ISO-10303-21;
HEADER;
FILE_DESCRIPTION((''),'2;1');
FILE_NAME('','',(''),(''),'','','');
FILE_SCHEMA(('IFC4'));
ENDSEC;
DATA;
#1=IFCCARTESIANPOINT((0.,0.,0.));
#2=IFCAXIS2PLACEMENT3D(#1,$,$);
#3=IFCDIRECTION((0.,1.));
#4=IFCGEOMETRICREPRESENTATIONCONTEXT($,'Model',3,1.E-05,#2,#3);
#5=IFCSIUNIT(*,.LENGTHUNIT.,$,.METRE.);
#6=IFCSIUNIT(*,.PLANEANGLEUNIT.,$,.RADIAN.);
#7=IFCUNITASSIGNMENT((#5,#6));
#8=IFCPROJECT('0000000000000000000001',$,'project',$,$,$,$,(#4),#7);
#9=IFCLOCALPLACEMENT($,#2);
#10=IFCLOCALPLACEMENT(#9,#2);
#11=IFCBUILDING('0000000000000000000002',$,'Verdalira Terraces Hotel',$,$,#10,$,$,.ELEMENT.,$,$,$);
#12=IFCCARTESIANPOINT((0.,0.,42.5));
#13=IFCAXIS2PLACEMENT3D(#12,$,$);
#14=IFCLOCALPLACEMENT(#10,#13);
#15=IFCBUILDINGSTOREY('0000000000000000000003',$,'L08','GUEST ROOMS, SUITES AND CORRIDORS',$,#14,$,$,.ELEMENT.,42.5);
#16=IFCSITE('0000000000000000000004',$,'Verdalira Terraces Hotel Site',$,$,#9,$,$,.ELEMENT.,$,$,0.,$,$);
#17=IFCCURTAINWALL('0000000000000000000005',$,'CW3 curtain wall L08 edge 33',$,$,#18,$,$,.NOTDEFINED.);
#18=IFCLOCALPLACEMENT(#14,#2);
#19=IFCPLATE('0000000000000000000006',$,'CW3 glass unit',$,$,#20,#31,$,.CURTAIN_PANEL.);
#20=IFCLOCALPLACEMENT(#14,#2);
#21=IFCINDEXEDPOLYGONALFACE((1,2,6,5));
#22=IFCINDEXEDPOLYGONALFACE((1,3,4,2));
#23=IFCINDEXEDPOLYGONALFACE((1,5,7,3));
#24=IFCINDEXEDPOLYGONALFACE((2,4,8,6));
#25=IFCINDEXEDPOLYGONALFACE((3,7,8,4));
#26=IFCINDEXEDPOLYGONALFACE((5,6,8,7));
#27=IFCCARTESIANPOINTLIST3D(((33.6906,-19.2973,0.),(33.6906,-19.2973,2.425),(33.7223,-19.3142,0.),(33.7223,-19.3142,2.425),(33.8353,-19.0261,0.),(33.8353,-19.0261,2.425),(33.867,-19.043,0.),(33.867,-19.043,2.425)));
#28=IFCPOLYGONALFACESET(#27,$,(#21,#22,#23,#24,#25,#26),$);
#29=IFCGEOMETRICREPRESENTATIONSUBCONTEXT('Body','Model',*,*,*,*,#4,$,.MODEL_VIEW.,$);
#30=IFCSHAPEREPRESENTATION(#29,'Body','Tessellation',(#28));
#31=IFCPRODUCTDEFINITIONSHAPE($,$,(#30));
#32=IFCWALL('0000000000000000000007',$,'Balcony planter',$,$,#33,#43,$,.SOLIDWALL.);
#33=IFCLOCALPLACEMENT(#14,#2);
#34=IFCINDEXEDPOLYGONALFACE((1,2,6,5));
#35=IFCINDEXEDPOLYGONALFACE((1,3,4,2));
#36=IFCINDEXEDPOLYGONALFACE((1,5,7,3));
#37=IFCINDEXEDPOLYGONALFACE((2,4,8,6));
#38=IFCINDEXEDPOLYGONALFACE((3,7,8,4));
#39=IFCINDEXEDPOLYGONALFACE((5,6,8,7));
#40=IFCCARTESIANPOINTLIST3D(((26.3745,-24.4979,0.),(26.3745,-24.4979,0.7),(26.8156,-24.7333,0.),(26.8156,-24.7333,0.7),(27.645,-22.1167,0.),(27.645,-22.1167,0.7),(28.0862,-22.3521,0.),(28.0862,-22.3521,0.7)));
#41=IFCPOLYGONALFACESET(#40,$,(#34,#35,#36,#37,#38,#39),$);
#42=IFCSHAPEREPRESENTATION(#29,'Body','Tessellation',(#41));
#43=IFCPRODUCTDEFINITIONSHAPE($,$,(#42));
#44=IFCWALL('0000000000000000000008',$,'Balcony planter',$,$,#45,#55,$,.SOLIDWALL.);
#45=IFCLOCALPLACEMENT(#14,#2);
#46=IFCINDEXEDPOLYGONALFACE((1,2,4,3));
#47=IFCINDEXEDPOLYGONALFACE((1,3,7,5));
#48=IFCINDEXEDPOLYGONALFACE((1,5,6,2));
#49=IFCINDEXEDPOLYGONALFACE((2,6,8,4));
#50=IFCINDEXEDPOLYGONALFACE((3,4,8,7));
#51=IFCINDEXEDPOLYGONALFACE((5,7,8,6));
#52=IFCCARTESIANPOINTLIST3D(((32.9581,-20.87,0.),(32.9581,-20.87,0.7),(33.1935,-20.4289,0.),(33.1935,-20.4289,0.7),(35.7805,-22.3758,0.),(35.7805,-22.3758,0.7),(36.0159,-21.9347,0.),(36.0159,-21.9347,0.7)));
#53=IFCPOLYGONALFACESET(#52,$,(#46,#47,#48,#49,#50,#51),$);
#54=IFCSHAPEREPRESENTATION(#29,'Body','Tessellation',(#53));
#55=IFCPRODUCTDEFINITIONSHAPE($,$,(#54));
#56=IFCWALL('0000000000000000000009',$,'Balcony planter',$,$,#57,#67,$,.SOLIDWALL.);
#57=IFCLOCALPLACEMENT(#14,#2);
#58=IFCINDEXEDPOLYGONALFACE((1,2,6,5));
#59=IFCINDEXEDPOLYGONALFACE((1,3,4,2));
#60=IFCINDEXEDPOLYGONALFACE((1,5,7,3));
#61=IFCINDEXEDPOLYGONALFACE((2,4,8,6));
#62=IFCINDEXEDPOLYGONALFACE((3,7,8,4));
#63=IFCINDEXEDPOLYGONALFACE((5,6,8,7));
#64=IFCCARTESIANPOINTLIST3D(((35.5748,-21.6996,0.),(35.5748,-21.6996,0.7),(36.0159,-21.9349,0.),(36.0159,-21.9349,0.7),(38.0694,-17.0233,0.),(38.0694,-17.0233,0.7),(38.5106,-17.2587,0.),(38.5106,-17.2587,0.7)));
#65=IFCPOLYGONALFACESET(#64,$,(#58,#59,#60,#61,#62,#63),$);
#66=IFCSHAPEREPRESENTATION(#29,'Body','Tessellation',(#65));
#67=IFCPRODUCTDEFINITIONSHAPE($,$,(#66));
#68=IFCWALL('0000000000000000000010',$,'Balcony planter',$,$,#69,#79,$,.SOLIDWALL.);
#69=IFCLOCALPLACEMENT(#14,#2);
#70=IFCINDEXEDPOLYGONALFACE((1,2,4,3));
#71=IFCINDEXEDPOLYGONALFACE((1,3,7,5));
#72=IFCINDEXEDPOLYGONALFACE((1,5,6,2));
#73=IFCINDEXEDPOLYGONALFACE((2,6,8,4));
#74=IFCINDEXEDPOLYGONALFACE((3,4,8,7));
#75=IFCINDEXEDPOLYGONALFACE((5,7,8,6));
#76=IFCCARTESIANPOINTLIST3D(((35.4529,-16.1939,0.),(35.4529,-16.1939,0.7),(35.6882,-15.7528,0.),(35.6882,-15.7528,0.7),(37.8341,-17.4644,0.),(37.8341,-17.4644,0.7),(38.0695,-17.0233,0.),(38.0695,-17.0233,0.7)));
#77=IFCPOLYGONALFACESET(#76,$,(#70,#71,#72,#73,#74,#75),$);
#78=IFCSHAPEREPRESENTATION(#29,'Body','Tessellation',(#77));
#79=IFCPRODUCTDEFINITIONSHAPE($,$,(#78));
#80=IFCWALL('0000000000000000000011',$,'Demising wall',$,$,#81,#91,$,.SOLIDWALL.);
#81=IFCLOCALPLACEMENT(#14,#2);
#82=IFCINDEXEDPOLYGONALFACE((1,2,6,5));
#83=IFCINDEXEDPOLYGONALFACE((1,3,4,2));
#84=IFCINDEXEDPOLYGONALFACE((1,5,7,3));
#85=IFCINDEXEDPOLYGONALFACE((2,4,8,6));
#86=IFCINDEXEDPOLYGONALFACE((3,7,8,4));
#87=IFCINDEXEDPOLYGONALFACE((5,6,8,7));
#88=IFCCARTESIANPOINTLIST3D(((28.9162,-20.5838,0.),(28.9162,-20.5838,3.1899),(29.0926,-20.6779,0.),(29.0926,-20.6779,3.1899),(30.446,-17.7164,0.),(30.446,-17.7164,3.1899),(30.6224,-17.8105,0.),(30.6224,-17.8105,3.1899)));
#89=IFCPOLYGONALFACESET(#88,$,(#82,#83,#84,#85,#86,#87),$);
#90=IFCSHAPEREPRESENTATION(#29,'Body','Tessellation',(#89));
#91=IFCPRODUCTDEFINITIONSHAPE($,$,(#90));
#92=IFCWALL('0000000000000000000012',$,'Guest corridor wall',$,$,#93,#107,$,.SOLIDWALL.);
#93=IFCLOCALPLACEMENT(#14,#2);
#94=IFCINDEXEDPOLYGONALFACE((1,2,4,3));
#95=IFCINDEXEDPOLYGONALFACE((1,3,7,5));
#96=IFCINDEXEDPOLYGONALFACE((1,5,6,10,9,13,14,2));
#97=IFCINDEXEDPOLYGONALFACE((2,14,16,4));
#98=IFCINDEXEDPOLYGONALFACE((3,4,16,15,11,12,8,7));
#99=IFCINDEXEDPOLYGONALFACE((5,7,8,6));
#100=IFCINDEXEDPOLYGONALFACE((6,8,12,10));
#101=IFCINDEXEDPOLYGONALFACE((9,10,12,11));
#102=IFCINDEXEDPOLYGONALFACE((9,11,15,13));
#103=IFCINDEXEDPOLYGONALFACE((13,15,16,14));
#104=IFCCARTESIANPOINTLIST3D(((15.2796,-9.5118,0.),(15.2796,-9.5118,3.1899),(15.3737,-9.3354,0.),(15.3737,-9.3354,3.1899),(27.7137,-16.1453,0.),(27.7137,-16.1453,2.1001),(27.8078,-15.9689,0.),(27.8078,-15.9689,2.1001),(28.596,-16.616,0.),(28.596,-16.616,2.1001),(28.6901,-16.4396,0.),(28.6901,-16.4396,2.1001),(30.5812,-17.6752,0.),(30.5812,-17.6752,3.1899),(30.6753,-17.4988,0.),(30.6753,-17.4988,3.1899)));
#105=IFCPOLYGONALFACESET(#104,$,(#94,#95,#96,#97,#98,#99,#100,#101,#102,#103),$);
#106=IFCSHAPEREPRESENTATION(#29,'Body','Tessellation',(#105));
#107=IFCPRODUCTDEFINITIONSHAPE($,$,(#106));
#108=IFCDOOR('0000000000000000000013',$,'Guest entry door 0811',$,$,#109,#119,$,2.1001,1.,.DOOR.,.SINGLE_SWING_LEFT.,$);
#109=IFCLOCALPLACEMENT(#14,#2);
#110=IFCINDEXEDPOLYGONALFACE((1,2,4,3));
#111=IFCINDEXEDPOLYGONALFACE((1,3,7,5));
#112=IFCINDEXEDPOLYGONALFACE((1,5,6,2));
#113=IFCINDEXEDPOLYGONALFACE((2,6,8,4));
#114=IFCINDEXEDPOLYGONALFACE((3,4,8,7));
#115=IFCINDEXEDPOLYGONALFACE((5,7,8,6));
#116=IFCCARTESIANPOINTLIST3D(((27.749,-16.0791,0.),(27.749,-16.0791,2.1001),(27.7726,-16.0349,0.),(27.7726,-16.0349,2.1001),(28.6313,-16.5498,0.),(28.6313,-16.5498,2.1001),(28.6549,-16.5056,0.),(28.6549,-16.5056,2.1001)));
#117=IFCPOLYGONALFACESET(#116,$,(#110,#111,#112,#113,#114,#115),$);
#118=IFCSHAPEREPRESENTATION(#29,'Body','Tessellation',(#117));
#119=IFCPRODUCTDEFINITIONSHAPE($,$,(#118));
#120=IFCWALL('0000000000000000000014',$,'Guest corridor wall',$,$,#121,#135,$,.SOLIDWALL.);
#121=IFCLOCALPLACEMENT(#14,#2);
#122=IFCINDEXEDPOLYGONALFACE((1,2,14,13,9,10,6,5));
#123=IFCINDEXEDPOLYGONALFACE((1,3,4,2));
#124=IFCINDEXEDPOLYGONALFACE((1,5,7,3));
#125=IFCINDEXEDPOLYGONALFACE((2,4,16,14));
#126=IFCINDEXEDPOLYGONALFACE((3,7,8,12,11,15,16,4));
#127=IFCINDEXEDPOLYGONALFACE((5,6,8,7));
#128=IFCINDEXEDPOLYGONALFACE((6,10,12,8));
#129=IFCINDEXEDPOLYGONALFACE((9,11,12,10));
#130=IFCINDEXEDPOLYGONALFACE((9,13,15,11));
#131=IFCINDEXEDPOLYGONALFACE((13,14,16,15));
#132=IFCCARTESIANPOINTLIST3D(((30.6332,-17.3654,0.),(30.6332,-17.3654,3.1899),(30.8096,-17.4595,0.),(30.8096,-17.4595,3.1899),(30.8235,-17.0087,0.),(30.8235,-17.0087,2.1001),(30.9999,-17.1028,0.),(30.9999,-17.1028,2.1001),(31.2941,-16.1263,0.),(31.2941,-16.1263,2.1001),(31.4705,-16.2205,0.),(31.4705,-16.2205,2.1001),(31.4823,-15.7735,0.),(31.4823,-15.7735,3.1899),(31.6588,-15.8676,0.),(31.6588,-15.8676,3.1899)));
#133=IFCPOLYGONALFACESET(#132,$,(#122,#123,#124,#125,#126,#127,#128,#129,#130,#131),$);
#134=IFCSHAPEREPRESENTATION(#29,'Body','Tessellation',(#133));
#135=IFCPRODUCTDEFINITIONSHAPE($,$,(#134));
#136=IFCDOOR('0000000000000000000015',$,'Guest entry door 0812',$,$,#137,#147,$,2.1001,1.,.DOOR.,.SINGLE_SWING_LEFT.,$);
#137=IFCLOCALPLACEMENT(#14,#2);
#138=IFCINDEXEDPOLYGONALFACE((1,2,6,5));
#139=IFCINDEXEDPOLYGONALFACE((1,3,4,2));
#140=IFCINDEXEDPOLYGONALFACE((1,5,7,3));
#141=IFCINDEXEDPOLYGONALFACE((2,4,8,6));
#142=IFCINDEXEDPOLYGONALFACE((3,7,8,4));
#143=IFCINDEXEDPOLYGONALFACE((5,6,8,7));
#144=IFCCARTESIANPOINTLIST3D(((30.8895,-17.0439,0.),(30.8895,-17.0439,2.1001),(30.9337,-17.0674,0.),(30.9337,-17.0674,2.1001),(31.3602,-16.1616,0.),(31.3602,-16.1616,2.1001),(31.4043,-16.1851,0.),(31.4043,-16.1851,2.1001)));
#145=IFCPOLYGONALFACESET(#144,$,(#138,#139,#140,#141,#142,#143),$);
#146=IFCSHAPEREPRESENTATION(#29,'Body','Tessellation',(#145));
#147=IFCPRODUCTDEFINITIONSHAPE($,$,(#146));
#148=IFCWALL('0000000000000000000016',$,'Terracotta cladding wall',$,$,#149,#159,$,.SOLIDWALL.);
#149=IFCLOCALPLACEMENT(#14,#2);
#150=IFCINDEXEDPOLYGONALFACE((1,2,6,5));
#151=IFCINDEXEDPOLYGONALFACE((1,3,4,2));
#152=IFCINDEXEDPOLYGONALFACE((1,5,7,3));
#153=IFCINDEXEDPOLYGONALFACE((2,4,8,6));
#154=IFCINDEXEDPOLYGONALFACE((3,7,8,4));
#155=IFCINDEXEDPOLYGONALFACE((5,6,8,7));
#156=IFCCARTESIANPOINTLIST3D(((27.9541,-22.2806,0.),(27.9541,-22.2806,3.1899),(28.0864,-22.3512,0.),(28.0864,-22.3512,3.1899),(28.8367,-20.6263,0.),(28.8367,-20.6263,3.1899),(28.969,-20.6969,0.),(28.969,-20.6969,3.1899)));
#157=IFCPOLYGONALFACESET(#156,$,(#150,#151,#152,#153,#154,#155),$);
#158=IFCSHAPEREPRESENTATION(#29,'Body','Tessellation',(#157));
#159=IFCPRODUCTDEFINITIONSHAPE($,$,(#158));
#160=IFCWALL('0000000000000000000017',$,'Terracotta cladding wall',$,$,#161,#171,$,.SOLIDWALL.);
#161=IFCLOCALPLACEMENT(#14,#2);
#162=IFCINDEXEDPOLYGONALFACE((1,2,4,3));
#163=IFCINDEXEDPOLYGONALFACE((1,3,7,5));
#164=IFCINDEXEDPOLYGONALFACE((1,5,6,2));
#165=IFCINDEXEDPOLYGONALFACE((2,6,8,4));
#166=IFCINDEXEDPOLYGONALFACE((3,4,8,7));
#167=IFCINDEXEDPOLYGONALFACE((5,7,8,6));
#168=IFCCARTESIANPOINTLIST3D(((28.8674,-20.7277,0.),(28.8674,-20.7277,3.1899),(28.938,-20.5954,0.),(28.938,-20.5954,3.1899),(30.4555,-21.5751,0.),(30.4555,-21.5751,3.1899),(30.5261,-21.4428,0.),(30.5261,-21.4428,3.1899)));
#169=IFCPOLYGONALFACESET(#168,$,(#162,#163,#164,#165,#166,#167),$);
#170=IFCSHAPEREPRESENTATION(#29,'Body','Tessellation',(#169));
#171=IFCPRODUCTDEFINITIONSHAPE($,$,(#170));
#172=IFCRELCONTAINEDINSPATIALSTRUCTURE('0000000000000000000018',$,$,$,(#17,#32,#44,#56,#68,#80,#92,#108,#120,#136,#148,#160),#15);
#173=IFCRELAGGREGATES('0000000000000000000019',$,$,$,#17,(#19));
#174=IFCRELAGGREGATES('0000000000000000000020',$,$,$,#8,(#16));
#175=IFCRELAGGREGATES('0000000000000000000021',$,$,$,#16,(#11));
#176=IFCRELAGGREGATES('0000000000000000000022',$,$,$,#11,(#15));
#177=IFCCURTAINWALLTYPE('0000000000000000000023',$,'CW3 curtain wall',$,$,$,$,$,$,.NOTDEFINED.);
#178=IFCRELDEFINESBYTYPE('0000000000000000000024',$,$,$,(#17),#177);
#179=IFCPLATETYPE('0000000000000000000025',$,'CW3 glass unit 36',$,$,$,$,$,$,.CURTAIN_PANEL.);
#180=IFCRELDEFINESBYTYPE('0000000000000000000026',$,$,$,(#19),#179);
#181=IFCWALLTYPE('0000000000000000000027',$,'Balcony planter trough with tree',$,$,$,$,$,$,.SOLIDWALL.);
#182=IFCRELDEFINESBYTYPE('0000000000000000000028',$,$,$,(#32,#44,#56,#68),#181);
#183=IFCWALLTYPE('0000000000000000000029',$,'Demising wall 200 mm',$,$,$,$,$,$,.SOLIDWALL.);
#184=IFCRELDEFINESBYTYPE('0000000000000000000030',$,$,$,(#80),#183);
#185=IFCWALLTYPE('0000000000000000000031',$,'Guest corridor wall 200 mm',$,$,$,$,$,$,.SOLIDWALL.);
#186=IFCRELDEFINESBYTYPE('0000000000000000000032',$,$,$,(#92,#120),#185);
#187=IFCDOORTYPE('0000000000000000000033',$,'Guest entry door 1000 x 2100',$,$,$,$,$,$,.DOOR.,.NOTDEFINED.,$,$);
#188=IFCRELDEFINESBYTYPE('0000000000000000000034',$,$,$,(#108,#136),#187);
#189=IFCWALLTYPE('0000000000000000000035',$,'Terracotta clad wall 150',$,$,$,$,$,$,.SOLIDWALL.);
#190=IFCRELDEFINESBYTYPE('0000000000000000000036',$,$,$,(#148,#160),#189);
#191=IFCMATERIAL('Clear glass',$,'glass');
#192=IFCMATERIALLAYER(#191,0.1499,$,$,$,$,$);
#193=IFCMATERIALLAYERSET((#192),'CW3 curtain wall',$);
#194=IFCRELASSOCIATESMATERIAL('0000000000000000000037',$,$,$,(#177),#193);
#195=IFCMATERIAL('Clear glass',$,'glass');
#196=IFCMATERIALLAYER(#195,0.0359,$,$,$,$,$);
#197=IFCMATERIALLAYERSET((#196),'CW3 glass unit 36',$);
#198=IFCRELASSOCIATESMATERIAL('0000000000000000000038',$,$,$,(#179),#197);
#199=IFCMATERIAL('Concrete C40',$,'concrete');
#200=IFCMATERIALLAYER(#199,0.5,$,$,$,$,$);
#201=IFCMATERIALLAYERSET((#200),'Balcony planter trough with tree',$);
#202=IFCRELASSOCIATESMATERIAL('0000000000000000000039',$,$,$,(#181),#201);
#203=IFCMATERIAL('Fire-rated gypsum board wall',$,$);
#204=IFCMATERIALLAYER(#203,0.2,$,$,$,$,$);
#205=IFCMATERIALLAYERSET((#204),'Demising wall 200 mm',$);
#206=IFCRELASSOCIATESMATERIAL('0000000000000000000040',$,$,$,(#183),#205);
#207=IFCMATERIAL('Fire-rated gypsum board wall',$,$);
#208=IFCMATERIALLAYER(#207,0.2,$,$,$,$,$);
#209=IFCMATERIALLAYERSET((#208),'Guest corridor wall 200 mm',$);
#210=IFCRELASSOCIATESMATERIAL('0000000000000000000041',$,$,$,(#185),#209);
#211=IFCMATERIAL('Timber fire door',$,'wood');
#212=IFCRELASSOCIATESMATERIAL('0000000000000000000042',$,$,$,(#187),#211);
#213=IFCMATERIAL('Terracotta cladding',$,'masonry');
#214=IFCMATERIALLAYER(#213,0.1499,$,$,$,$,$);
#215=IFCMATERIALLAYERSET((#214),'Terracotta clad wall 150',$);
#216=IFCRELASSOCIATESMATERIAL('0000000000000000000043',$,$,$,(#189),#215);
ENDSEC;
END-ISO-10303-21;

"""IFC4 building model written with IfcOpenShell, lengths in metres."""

from ifc_helpers import new_model, si_unit, direction, frame, frame_2d, origin, origin_2d, place, context, subcontext, project, spatial, rectangle, extrude, material, layer, layer_set, type_object, element, fill, aggregate, save


model = new_model("IFC4")

# Units and contexts
model_context = context("Model", 3, precision=1e-05, world=origin(), true_north=direction((0.0, 1.0)))
body_context = subcontext(model_context, "Body", "Model", "MODEL_VIEW")
ifc_project = project(units=[si_unit("LENGTHUNIT", "METRE"), si_unit("PLANEANGLEUNIT", "RADIAN")], contexts=[model_context])

# Site, building, storey
site_placement = place(None, origin())
site = spatial("IfcSite", under=ifc_project, at=site_placement, Name="Verdalira Terraces Hotel Site", CompositionType="ELEMENT", RefElevation=0.0)
building_placement = place(site_placement, origin())
building = spatial("IfcBuilding", under=site, at=building_placement, Name="Verdalira Terraces Hotel", CompositionType="ELEMENT")
storey_placement = place(building_placement, frame((0.0, 0.0, 42.5)))
storey = spatial("IfcBuildingStorey", under=building, at=storey_placement, Name="L08", Description="GUEST ROOMS, SUITES AND CORRIDORS", CompositionType="ELEMENT", Elevation=42.5)

# Curtain wall
ifc_material_1 = material(Name="Clear glass", Category="glass")
ifc_layer_1 = layer(ifc_material_1, 0.1499)
ifc_layer_set_1 = layer_set([ifc_layer_1], Name="CW3 curtain wall")
curtain_wall_type_1 = type_object("IfcCurtainWallType", Name="CW3 curtain wall", PredefinedType="NOTDEFINED", material=ifc_layer_set_1)
curtain_wall_1_placement = place(storey_placement, origin())
curtain_wall_1 = element("IfcCurtainWall", 1, at=curtain_wall_1_placement, inside=storey, type_object=curtain_wall_type_1, Name="CW3 curtain wall L08 edge 33", PredefinedType="NOTDEFINED")

# Plate
ifc_material_2 = material(Name="Clear glass", Category="glass")
ifc_layer_2 = layer(ifc_material_2, 0.0359)
ifc_layer_set_2 = layer_set([ifc_layer_2], Name="CW3 glass unit 36")
plate_type = type_object("IfcPlateType", Name="CW3 glass unit 36", PredefinedType="CURTAIN_PANEL", material=ifc_layer_set_2)
plate_placement = place(storey_placement, frame((33.7788, -19.1702, 0.0), z_axis=(0.0, 0.0, 1.0), x_axis=(0.470704, 0.882291, 0.0)))
plate = element("IfcPlate", 2, at=plate_placement, type_object=plate_type, Name="CW3 glass unit", PredefinedType="CURTAIN_PANEL", context=body_context, shape_type="SweptSolid", body=[
    extrude(rectangle(XDim=0.3074, YDim=0.0359, at=origin_2d()), origin(), (0.0, 0.0, 1.0), 2.425),
])
aggregate(curtain_wall_1, [plate])

# Walls
ifc_material_3 = material(Name="Concrete C40", Category="concrete")
ifc_layer_3 = layer(ifc_material_3, 0.5)
ifc_layer_set_3 = layer_set([ifc_layer_3], Name="Balcony planter trough with tree")
wall_type_1 = type_object("IfcWallType", Name="Balcony planter trough with tree", PredefinedType="SOLIDWALL", material=ifc_layer_set_3)
wall_1_placement = place(storey_placement, frame((26.595, -24.6157, 0.0), z_axis=(0.0, 0.0, 1.0), x_axis=(0.470757, 0.882263, 0.0)))
element("IfcWall", 3, at=wall_1_placement, inside=storey, type_object=wall_type_1, Name="Balcony planter", PredefinedType="SOLIDWALL", context=body_context, shape_type="SweptSolid", body=[
    extrude(rectangle(XDim=2.699, YDim=0.5, at=frame_2d((1.3496, 0.0))), origin(), (0.0, 0.0, 1.0), 0.7),
])
wall_2_placement = place(storey_placement, frame((33.0757, -20.6494, 0.0), z_axis=(0.0, 0.0, 1.0), x_axis=(0.882285, -0.470715, 0.0)))
element("IfcWall", 4, at=wall_2_placement, inside=storey, type_object=wall_type_1, Name="Balcony planter", PredefinedType="SOLIDWALL", context=body_context, shape_type="SweptSolid", body=[
    extrude(rectangle(XDim=3.199, YDim=0.5, at=frame_2d((1.5996, 0.0))), origin(), (0.0, 0.0, 1.0), 0.7),
])
wall_3_placement = place(storey_placement, frame((35.7954, -21.8171, 0.0), z_axis=(0.0, 0.0, 1.0), x_axis=(0.470679, 0.882304, 0.0)))
element("IfcWall", 5, at=wall_3_placement, inside=storey, type_object=wall_type_1, Name="Balcony planter", PredefinedType="SOLIDWALL", context=body_context, shape_type="SweptSolid", body=[
    extrude(rectangle(XDim=5.3, YDim=0.5, at=frame_2d((2.6499, 0.0))), origin(), (0.0, 0.0, 1.0), 0.7),
])
wall_4_placement = place(storey_placement, frame((37.9519, -17.2439, 0.0), z_axis=(0.0, 0.0, 1.0), x_axis=(-0.882283, 0.47072, 0.0)))
element("IfcWall", 6, at=wall_4_placement, inside=storey, type_object=wall_type_1, Name="Balcony planter", PredefinedType="SOLIDWALL", context=body_context, shape_type="SweptSolid", body=[
    extrude(rectangle(XDim=2.699, YDim=0.5, at=frame_2d((1.3496, 0.0))), origin(), (0.0, 0.0, 1.0), 0.7),
])
ifc_material_4 = material(Name="Fire-rated gypsum board wall")
ifc_layer_4 = layer(ifc_material_4, 0.2)
ifc_layer_set_4 = layer_set([ifc_layer_4], Name="Demising wall 200 mm")
wall_type_2 = type_object("IfcWallType", Name="Demising wall 200 mm", PredefinedType="SOLIDWALL", material=ifc_layer_set_4)
wall_5_placement = place(storey_placement, frame((30.5342, -17.7634, 0.0), z_axis=(0.0, 0.0, 1.0), x_axis=(-0.470705, -0.882291, 0.0)))
element("IfcWall", 7, at=wall_5_placement, inside=storey, type_object=wall_type_2, Name="Demising wall", PredefinedType="SOLIDWALL", context=body_context, shape_type="SweptSolid", body=[
    extrude(rectangle(XDim=3.25, YDim=0.2, at=frame_2d((1.625, 0.0))), origin(), (0.0, 0.0, 1.0), 3.1899),
])

# Walls, openings, doors
ifc_material_5 = material(Name="Fire-rated gypsum board wall")
ifc_layer_5 = layer(ifc_material_5, 0.2)
ifc_layer_set_5 = layer_set([ifc_layer_5], Name="Guest corridor wall 200 mm")
wall_type_3 = type_object("IfcWallType", Name="Guest corridor wall 200 mm", PredefinedType="SOLIDWALL", material=ifc_layer_set_5)
wall_6_placement = place(storey_placement, frame((30.6282, -17.5869, 0.0), z_axis=(0.0, 0.0, 1.0), x_axis=(-0.882293, 0.470701, 0.0)))
wall_6 = element("IfcWall", 8, at=wall_6_placement, inside=storey, type_object=wall_type_3, Name="Guest corridor wall", PredefinedType="SOLIDWALL", context=body_context, shape_type="SweptSolid", body=[
    extrude(rectangle(XDim=17.343, YDim=0.2, at=frame_2d((8.6714, 0.0))), origin(), (0.0, 0.0, 1.0), 3.1899),
])
opening_1_placement = place(wall_6_placement, frame((2.25, 0.0, 0.0)))
opening_1 = element("IfcOpeningElement", 9, at=opening_1_placement, cuts=wall_6, PredefinedType="OPENING", context=body_context, shape_type="SweptSolid", body=[
    extrude(rectangle(XDim=1.0, YDim=2.1001, at=frame_2d((0.5, 1.05))), frame((0.0, 0.1099, 0.0), z_axis=(0.0, -1.0, 0.0), x_axis=(1.0, 0.0, 0.0)), (0.0, 0.0, 1.0), 0.22),
])
ifc_material_6 = material(Name="Timber fire door", Category="wood")
door_type_1 = type_object("IfcDoorType", Name="Guest entry door 1000 x 2100", OperationType="NOTDEFINED", PredefinedType="DOOR", material=ifc_material_6)
door_1_placement = place(opening_1_placement, origin())
door_1 = element("IfcDoor", 10, at=door_1_placement, inside=storey, type_object=door_type_1, Name="Guest entry door 0811", OperationType="SINGLE_SWING_LEFT", OverallHeight=2.1001, OverallWidth=1.0, PredefinedType="DOOR", context=body_context, shape_type="SweptSolid", body=[
    extrude(rectangle(XDim=1.0, YDim=2.1001, at=frame_2d((0.5, 1.05))), frame((0.0, 0.0249, 0.0), z_axis=(0.0, -1.0, 0.0), x_axis=(1.0, 0.0, 0.0)), (0.0, 0.0, 1.0), 0.05),
])
fill(opening_1, door_1)
wall_7_placement = place(storey_placement, frame((31.5706, -15.8206, 0.0), z_axis=(0.0, 0.0, 1.0), x_axis=(-0.470658, -0.882315, 0.0)))
wall_7 = element("IfcWall", 11, at=wall_7_placement, inside=storey, type_object=wall_type_3, Name="Guest corridor wall", PredefinedType="SOLIDWALL", context=body_context, shape_type="SweptSolid", body=[
    extrude(rectangle(XDim=1.8042, YDim=0.2, at=frame_2d((0.9021, 0.0))), origin(), (0.0, 0.0, 1.0), 3.1899),
])
opening_2_placement = place(wall_7_placement, frame((0.3999, 0.0, 0.0)))
opening_2 = element("IfcOpeningElement", 12, at=opening_2_placement, cuts=wall_7, PredefinedType="OPENING", context=body_context, shape_type="SweptSolid", body=[
    extrude(rectangle(XDim=1.0, YDim=2.1001, at=frame_2d((0.5, 1.05))), frame((0.0, 0.1099, 0.0), z_axis=(0.0, -1.0, 0.0), x_axis=(1.0, 0.0, 0.0)), (0.0, 0.0, 1.0), 0.22),
])
door_2_placement = place(opening_2_placement, origin())
door_2 = element("IfcDoor", 13, at=door_2_placement, inside=storey, type_object=door_type_1, Name="Guest entry door 0812", OperationType="SINGLE_SWING_LEFT", OverallHeight=2.1001, OverallWidth=1.0, PredefinedType="DOOR", context=body_context, shape_type="SweptSolid", body=[
    extrude(rectangle(XDim=1.0, YDim=2.1001, at=frame_2d((0.5, 1.05))), frame((0.0, 0.0249, 0.0), z_axis=(0.0, -1.0, 0.0), x_axis=(1.0, 0.0, 0.0)), (0.0, 0.0, 1.0), 0.05),
])
fill(opening_2, door_2)

# Walls
ifc_material_7 = material(Name="Terracotta cladding", Category="masonry")
ifc_layer_6 = layer(ifc_material_7, 0.1499)
ifc_layer_set_6 = layer_set([ifc_layer_6], Name="Terracotta clad wall 150")
wall_type_4 = type_object("IfcWallType", Name="Terracotta clad wall 150", PredefinedType="SOLIDWALL", material=ifc_layer_set_6)
wall_8_placement = place(storey_placement, frame((28.0203, -22.3159, 0.0), z_axis=(0.0, 0.0, 1.0), x_axis=(0.470703, 0.882292, 0.0)))
element("IfcWall", 14, at=wall_8_placement, inside=storey, type_object=wall_type_4, Name="Terracotta cladding wall", PredefinedType="SOLIDWALL", context=body_context, shape_type="SweptSolid", body=[
    extrude(rectangle(XDim=1.875, YDim=0.1499, at=frame_2d((0.9375, 0.0))), origin(), (0.0, 0.0, 1.0), 3.1899),
])
wall_9_placement = place(storey_placement, frame((28.9028, -20.6616, 0.0), z_axis=(0.0, 0.0, 1.0), x_axis=(0.882259, -0.470764, 0.0)))
element("IfcWall", 15, at=wall_9_placement, inside=storey, type_object=wall_type_4, Name="Terracotta cladding wall", PredefinedType="SOLIDWALL", context=body_context, shape_type="SweptSolid", body=[
    extrude(rectangle(XDim=1.8, YDim=0.1499, at=frame_2d((0.8999, 0.0))), origin(), (0.0, 0.0, 1.0), 3.1899),
])

save(model, "model.ifc")
